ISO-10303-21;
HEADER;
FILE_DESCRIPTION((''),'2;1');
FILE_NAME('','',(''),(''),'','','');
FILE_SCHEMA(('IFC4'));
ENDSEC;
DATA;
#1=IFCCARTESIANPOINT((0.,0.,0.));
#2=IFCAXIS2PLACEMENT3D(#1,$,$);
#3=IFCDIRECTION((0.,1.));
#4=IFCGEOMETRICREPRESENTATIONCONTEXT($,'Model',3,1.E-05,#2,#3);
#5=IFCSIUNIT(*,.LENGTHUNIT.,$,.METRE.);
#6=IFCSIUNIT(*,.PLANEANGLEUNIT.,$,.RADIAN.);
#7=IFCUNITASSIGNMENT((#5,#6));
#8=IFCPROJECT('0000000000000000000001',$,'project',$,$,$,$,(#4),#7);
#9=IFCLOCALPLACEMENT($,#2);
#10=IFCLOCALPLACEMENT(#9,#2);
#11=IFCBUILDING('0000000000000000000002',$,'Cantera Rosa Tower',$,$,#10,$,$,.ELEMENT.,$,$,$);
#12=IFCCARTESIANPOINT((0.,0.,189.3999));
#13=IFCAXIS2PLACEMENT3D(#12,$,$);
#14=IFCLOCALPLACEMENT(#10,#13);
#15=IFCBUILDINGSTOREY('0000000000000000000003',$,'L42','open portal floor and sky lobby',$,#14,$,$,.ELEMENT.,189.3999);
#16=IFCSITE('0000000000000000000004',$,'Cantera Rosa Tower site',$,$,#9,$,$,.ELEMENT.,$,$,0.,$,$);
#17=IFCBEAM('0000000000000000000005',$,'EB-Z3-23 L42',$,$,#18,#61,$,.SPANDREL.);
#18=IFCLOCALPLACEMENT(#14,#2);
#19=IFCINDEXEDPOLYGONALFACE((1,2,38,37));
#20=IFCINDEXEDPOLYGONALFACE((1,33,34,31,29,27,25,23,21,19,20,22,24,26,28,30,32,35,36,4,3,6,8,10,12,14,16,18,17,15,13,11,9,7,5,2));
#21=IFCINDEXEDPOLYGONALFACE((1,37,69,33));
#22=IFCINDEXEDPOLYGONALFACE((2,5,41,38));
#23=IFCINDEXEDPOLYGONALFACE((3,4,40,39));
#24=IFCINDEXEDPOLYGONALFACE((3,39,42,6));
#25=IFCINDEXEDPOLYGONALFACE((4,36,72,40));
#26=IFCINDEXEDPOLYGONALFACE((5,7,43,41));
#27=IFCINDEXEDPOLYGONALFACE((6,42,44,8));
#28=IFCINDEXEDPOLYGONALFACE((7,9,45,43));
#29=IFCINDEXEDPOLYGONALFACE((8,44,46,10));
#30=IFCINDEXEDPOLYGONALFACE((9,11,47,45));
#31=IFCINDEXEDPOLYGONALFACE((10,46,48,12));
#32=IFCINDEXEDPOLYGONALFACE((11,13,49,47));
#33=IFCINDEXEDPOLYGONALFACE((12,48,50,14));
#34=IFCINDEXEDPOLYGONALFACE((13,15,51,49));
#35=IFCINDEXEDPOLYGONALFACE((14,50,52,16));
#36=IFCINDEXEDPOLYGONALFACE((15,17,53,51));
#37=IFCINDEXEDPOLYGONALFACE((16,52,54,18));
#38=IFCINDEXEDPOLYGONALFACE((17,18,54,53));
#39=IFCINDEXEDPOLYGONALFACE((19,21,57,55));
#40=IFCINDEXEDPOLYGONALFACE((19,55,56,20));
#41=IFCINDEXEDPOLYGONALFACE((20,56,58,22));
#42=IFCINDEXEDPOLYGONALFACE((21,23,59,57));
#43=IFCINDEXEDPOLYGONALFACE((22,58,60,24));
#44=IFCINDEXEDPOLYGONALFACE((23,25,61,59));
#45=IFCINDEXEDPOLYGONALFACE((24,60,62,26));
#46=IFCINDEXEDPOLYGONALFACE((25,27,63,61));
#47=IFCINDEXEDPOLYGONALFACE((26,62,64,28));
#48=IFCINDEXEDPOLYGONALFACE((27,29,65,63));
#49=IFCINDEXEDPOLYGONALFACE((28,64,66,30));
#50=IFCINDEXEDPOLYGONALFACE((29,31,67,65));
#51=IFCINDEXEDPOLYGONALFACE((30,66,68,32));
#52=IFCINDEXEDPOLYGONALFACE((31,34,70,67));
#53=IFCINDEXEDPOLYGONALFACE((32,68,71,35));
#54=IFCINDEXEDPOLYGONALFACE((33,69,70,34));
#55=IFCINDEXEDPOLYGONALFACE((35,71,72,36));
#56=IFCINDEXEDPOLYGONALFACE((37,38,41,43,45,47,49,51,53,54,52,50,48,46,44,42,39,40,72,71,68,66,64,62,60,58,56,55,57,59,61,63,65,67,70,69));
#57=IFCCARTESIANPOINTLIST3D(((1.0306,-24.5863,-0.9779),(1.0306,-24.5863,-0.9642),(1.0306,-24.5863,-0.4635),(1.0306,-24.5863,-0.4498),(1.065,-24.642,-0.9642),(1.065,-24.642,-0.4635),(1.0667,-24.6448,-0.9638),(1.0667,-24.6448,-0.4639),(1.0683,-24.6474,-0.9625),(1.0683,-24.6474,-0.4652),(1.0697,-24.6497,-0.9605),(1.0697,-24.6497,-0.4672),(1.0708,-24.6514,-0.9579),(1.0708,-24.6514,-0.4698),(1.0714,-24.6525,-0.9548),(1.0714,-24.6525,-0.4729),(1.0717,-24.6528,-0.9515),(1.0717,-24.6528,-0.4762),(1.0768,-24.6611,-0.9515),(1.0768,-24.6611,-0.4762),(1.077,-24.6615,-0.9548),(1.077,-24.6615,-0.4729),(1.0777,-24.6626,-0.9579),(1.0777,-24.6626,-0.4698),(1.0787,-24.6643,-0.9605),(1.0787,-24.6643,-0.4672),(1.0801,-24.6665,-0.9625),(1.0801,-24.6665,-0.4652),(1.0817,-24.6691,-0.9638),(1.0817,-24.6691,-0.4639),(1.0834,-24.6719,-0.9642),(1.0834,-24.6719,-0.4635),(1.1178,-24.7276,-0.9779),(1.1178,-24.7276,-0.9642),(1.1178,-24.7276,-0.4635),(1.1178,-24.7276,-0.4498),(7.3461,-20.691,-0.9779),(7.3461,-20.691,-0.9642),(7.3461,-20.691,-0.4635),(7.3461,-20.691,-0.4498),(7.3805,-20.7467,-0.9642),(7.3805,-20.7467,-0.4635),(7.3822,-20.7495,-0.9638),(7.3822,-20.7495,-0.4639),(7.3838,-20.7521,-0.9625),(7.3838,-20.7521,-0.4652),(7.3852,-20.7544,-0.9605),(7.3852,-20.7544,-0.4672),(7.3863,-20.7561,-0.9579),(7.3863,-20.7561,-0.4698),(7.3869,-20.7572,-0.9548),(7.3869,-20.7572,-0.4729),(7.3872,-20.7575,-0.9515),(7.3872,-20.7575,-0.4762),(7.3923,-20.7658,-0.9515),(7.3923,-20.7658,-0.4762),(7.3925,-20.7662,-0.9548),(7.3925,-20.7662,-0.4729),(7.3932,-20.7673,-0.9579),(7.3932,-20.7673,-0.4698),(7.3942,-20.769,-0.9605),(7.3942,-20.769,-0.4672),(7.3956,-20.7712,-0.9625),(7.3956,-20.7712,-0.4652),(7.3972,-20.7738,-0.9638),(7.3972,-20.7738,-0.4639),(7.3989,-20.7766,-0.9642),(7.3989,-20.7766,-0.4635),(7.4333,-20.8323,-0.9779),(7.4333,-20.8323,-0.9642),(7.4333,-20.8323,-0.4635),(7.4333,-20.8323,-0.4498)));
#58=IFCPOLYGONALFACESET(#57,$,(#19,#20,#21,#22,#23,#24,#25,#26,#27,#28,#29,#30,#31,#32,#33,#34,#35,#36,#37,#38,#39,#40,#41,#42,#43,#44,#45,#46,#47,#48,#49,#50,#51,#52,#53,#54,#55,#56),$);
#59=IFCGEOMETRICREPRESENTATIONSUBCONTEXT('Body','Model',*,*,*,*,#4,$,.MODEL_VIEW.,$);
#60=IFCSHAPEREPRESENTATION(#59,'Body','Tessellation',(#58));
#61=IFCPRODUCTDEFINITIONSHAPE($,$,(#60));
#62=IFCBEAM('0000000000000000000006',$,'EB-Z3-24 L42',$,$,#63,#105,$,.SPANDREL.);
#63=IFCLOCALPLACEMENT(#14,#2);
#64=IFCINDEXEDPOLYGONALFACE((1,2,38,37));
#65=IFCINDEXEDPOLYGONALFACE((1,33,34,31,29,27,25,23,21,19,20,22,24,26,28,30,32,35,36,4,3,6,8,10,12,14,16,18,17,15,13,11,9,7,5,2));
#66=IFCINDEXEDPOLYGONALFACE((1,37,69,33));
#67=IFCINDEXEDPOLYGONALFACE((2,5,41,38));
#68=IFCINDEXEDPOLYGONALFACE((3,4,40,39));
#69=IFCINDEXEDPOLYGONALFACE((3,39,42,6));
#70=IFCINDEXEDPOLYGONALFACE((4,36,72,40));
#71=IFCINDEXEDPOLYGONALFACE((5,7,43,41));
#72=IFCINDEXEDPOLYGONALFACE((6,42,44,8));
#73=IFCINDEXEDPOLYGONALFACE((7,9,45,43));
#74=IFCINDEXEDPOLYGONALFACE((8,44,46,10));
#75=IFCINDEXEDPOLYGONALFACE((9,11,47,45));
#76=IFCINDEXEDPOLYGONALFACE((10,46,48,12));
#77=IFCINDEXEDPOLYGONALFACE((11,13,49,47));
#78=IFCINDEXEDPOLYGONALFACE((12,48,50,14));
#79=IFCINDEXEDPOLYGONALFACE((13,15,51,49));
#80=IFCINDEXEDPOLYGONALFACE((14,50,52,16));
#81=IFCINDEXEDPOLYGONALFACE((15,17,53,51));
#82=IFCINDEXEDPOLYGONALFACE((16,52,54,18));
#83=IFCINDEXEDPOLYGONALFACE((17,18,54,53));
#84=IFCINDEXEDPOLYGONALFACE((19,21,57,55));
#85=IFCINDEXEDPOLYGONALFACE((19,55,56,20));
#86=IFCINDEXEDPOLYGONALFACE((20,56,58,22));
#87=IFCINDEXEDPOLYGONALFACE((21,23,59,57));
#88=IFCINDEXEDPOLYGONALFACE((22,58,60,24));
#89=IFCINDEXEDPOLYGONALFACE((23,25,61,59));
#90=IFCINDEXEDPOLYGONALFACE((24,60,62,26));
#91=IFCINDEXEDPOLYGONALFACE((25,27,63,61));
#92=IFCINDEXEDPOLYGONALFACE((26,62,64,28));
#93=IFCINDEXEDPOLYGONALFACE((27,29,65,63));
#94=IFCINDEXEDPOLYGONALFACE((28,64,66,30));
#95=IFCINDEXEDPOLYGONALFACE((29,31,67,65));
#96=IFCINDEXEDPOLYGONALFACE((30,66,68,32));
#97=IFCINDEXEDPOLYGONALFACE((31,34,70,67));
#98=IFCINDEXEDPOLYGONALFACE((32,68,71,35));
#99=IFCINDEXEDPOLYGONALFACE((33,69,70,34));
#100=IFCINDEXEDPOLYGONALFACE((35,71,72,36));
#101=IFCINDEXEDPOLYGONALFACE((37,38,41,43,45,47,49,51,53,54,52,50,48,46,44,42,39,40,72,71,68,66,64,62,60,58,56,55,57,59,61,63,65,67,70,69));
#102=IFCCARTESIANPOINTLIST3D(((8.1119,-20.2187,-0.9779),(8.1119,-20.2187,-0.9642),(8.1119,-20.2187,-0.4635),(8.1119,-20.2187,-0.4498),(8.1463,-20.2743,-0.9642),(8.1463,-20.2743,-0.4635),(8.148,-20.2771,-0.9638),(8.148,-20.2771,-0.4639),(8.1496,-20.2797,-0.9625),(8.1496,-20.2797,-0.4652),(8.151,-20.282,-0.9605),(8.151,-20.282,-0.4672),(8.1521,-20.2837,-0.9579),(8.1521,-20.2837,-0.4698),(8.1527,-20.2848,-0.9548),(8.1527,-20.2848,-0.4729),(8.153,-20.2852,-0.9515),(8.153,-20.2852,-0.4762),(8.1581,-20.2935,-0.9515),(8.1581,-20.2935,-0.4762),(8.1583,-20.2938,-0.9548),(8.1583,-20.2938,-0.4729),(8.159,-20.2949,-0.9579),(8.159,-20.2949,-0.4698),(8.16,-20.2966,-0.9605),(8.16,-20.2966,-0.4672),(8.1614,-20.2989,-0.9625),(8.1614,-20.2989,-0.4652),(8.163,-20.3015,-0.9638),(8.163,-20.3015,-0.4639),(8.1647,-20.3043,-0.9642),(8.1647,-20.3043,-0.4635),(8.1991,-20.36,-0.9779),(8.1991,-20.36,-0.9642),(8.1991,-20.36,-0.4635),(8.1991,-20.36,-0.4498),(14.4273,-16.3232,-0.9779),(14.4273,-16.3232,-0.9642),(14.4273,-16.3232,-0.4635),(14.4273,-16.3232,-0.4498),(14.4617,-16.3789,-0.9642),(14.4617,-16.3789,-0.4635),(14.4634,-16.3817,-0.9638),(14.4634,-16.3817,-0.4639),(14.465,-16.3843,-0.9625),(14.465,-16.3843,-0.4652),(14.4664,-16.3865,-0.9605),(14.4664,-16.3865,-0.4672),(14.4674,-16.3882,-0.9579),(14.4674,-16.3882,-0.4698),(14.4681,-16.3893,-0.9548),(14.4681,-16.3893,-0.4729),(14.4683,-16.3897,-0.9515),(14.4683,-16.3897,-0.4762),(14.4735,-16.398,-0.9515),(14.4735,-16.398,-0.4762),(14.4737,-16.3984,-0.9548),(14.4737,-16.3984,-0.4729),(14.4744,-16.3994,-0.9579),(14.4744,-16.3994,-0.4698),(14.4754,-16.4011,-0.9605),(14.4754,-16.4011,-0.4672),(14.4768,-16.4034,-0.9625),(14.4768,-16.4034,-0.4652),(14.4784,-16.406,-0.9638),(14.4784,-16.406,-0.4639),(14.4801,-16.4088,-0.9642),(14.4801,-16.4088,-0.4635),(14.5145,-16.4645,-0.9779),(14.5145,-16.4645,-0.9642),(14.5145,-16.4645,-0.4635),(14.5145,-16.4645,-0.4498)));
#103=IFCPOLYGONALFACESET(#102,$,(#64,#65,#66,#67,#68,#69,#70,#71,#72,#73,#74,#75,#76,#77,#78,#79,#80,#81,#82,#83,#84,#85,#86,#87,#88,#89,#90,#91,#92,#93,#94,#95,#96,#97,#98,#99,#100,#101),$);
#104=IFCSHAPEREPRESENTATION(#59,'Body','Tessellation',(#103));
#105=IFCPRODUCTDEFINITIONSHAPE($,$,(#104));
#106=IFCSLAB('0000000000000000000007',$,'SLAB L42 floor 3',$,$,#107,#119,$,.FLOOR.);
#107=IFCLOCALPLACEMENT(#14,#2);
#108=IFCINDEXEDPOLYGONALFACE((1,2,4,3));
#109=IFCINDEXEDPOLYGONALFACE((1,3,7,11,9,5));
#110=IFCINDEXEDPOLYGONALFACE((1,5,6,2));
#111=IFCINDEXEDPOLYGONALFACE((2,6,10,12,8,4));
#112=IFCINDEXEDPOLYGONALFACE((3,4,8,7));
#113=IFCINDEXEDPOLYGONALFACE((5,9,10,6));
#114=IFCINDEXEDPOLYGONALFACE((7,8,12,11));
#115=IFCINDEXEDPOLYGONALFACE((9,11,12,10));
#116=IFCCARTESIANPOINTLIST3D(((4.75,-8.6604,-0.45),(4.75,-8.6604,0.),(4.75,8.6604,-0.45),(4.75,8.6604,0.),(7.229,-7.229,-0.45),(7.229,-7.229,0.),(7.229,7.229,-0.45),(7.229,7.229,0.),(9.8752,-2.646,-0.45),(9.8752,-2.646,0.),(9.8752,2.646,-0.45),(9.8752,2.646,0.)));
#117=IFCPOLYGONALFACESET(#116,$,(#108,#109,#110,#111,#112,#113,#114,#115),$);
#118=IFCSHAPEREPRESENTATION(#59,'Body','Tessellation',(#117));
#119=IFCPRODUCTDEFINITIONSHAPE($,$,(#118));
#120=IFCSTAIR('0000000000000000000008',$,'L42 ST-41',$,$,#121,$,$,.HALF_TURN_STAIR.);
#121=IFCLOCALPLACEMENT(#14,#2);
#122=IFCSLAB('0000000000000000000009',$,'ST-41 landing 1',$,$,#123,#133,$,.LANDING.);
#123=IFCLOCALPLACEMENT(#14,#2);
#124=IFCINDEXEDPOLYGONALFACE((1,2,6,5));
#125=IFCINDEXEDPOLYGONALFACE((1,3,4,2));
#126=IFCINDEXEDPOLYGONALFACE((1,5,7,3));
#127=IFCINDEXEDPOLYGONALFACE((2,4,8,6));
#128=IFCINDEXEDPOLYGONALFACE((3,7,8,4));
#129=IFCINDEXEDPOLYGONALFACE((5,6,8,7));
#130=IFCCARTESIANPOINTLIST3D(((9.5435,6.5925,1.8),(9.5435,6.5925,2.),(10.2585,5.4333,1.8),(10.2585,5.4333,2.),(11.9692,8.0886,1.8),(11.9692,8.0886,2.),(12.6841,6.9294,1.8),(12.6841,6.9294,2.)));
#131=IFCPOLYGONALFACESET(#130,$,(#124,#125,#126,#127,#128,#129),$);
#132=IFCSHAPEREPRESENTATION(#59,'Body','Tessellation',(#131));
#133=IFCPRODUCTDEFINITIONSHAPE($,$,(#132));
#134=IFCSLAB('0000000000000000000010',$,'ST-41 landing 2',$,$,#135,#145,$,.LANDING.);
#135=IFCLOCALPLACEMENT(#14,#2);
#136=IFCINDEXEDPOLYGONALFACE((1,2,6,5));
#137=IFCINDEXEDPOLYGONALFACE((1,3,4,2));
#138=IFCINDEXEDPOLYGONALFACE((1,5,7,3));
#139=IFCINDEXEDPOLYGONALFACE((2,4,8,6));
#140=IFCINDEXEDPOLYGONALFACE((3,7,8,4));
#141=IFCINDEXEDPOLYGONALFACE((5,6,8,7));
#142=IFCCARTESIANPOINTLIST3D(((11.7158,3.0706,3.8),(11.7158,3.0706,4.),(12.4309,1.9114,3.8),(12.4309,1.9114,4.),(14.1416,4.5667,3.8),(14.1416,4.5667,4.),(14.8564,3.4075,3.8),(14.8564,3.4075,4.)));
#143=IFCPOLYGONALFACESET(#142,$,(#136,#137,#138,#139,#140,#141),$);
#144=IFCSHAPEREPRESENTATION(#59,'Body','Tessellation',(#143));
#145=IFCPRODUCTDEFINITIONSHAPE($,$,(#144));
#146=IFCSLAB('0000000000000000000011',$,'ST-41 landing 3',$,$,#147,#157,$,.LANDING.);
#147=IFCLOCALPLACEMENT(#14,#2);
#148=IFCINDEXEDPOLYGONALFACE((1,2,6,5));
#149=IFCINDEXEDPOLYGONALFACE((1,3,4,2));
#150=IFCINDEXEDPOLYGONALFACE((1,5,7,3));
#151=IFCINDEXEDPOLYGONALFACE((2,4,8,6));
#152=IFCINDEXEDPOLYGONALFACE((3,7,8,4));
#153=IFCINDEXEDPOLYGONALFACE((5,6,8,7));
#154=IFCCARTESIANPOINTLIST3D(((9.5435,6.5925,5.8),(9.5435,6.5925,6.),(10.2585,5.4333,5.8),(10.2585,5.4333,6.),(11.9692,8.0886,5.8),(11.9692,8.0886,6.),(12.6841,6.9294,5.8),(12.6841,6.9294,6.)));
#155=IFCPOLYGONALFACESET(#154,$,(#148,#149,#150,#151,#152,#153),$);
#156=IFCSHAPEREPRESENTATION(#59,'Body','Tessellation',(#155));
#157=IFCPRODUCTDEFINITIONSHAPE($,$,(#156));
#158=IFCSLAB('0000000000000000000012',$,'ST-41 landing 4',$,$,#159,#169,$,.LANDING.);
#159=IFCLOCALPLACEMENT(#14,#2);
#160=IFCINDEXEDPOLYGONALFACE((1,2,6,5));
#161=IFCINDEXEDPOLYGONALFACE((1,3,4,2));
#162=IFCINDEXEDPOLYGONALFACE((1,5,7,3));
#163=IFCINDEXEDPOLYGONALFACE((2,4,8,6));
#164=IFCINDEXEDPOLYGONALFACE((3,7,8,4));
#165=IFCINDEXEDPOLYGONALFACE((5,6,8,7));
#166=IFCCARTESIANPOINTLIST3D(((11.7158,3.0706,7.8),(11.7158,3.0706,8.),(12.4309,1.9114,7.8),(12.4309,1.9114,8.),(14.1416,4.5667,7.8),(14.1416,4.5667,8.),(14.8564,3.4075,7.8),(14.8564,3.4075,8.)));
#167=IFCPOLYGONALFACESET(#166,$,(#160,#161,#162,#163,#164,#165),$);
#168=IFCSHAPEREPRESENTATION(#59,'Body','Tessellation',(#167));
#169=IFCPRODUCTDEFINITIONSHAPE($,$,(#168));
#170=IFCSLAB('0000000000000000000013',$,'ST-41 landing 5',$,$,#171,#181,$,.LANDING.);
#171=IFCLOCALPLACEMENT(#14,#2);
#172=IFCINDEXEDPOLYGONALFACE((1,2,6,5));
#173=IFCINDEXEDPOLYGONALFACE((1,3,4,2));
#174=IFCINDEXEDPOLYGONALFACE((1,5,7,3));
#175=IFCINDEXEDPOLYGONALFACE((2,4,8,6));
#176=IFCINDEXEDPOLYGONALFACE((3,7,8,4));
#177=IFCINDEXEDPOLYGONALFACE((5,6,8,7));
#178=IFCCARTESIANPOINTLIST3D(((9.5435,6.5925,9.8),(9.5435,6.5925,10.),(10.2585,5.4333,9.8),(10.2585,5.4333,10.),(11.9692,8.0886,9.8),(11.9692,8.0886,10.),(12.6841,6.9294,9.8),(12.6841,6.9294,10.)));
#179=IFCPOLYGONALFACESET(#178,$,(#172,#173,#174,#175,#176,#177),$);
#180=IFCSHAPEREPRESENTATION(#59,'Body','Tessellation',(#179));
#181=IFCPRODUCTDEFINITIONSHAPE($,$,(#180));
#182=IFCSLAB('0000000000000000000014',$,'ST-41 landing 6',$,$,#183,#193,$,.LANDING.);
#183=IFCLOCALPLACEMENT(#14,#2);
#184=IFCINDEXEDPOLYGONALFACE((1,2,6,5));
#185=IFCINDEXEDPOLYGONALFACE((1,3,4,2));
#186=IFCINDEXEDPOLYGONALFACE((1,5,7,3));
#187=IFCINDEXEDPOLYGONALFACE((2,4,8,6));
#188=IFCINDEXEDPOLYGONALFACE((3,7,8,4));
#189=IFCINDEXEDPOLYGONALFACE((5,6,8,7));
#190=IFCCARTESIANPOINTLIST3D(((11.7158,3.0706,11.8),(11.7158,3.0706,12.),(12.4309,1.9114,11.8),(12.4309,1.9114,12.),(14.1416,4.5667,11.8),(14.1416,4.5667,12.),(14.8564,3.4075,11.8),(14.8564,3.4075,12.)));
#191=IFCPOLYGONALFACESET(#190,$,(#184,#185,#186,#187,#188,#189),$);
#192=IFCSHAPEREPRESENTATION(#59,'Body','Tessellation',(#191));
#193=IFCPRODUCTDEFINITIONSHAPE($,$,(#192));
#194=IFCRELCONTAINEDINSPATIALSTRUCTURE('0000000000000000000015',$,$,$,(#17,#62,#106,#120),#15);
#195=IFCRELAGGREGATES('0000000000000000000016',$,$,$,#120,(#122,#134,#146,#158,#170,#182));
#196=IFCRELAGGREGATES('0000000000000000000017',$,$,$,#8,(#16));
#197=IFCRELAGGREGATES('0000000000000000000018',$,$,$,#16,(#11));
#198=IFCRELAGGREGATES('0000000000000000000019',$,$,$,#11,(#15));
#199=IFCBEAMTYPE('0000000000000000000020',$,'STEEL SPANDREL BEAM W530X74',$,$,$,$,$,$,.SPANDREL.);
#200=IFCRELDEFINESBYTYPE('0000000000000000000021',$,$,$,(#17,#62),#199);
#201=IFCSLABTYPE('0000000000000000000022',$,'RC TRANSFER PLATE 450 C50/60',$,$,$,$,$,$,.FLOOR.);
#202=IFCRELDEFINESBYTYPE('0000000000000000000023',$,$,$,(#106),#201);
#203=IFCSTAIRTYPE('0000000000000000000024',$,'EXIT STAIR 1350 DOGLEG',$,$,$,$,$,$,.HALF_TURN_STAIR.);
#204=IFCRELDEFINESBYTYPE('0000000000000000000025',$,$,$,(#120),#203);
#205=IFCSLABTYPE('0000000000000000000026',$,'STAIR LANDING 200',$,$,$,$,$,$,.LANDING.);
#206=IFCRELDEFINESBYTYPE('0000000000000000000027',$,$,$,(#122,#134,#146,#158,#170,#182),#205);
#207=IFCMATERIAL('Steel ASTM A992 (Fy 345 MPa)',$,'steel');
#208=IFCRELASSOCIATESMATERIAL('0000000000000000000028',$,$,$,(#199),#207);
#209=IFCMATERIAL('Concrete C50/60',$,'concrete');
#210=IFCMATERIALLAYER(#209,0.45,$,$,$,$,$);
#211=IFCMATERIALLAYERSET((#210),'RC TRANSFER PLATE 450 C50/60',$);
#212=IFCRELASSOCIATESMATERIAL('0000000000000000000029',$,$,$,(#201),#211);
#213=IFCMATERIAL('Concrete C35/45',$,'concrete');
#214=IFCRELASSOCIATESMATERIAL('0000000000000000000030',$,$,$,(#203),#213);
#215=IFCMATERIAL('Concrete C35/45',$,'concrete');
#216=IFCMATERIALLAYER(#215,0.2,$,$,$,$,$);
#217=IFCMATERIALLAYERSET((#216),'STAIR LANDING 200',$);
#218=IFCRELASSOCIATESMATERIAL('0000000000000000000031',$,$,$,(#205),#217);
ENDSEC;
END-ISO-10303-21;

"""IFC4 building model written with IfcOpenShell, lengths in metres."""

from ifc_helpers import new_model, si_unit, direction, frame, origin, origin_2d, place, context, subcontext, project, spatial, polyline, i_section, outline, extrude, material, layer, layer_set, material_profile, profile_set, type_object, element, aggregate, save


model = new_model("IFC4")

# Units and contexts
model_context = context("Model", 3, precision=1e-05, world=origin(), true_north=direction((0.0, 1.0)))
body_context = subcontext(model_context, "Body", "Model", "MODEL_VIEW")
ifc_project = project(units=[si_unit("LENGTHUNIT", "METRE"), si_unit("PLANEANGLEUNIT", "RADIAN")], contexts=[model_context])

# Site, building, storey
site_placement = place(None, origin())
site = spatial("IfcSite", under=ifc_project, at=site_placement, Name="Cantera Rosa Tower site", CompositionType="ELEMENT", RefElevation=0.0)
building_placement = place(site_placement, origin())
building = spatial("IfcBuilding", under=site, at=building_placement, Name="Cantera Rosa Tower", CompositionType="ELEMENT")
storey_placement = place(building_placement, frame((0.0, 0.0, 189.3999)))
storey = spatial("IfcBuildingStorey", under=building, at=storey_placement, Name="L42", Description="open portal floor and sky lobby", CompositionType="ELEMENT", Elevation=189.3999)

# Beams
ifc_material_1 = material(Name="Steel ASTM A992 (Fy 345 MPa)", Category="steel")
ifc_material_profile_1 = material_profile(ifc_material_1, i_section(OverallWidth=0.166, OverallDepth=0.5281, WebThickness=0.0098, FlangeThickness=0.0137, FilletRadius=0.0127, at=origin_2d()), Name="W530X74")
ifc_profile_set_1 = profile_set([ifc_material_profile_1], Name="Steel ASTM A992 (Fy 345 MPa)")
beam_type_1 = type_object("IfcBeamType", Name="STEEL SPANDREL BEAM W530X74", PredefinedType="SPANDREL", material=ifc_profile_set_1)
for number, where, z_axis, x_axis, name in (
    (1, (1.0742, -24.657, -0.7139), (0.851126, 0.524962, 0.0), (-0.524962, 0.851126, 0.0), "EB-Z3-23 L42"),
    (2, (8.1555, -20.2893, -0.7139), (0.851111, 0.524986, 0.0), (-0.524986, 0.851111, 0.0), "EB-Z3-24 L42"),
):
    element("IfcBeam", number, at=place(storey_placement, frame(where, z_axis=z_axis, x_axis=x_axis)), inside=storey, type_object=beam_type_1, Name=name, PredefinedType="SPANDREL", context=body_context, shape_type="SweptSolid", body=[
        extrude(i_section(OverallWidth=0.166, OverallDepth=0.5281, WebThickness=0.0098, FlangeThickness=0.0137, FilletRadius=0.0127, at=origin_2d()), origin(), (0.0, 0.0, 1.0), 7.4202),
    ])

# Slab
ifc_material_2 = material(Name="Concrete C50/60", Category="concrete")
ifc_layer_1 = layer(ifc_material_2, 0.45)
ifc_layer_set_1 = layer_set([ifc_layer_1], Name="RC TRANSFER PLATE 450 C50/60")
slab_type_1 = type_object("IfcSlabType", Name="RC TRANSFER PLATE 450 C50/60", PredefinedType="FLOOR", material=ifc_layer_set_1)
slab_1_placement = place(storey_placement, frame((0.0, 0.0, -0.45)))
element("IfcSlab", 3, at=slab_1_placement, inside=storey, type_object=slab_type_1, Name="SLAB L42 floor 3", PredefinedType="FLOOR", context=body_context, shape_type="SweptSolid", body=[
    extrude(outline(polyline([(4.75, 8.6604), (7.229, 7.229), (9.8752, 2.646), (9.8752, -2.646), (7.229, -7.229), (4.75, -8.6604), (4.75, 8.6604)])), origin(), (0.0, 0.0, 1.0), 0.45),
])

# Stair, slabs
ifc_material_3 = material(Name="Concrete C35/45", Category="concrete")
stair_type = type_object("IfcStairType", Name="EXIT STAIR 1350 DOGLEG", PredefinedType="HALF_TURN_STAIR", material=ifc_material_3)
stair_1_placement = place(storey_placement, origin())
stair_1 = element("IfcStair", 4, at=stair_1_placement, inside=storey, type_object=stair_type, Name="L42 ST-41", PredefinedType="HALF_TURN_STAIR")
ifc_material_4 = material(Name="Concrete C35/45", Category="concrete")
ifc_layer_2 = layer(ifc_material_4, 0.2)
ifc_layer_set_2 = layer_set([ifc_layer_2], Name="STAIR LANDING 200")
slab_type_2 = type_object("IfcSlabType", Name="STAIR LANDING 200", PredefinedType="LANDING", material=ifc_layer_set_2)
slab_2_placement = place(storey_placement, frame((0.0, 0.0, 1.8)))
slab_2 = element("IfcSlab", 5, at=slab_2_placement, type_object=slab_type_2, Name="ST-41 landing 1", PredefinedType="LANDING", context=body_context, shape_type="SweptSolid", body=[
    extrude(outline(polyline([(12.6841, 6.9294), (11.9692, 8.0886), (9.5435, 6.5925), (10.2585, 5.4333), (12.6841, 6.9294)])), origin(), (0.0, 0.0, 1.0), 0.2),
])
slab_3_placement = place(storey_placement, frame((0.0, 0.0, 3.8)))
slab_3 = element("IfcSlab", 6, at=slab_3_placement, type_object=slab_type_2, Name="ST-41 landing 2", PredefinedType="LANDING", context=body_context, shape_type="SweptSolid", body=[
    extrude(outline(polyline([(14.8564, 3.4075), (14.1416, 4.5667), (11.7158, 3.0706), (12.4309, 1.9114), (14.8564, 3.4075)])), origin(), (0.0, 0.0, 1.0), 0.2),
])
slab_4_placement = place(storey_placement, frame((0.0, 0.0, 5.8)))
slab_4 = element("IfcSlab", 7, at=slab_4_placement, type_object=slab_type_2, Name="ST-41 landing 3", PredefinedType="LANDING", context=body_context, shape_type="SweptSolid", body=[
    extrude(outline(polyline([(12.6841, 6.9294), (11.9692, 8.0886), (9.5435, 6.5925), (10.2585, 5.4333), (12.6841, 6.9294)])), origin(), (0.0, 0.0, 1.0), 0.2),
])
slab_5_placement = place(storey_placement, frame((0.0, 0.0, 7.8)))
slab_5 = element("IfcSlab", 8, at=slab_5_placement, type_object=slab_type_2, Name="ST-41 landing 4", PredefinedType="LANDING", context=body_context, shape_type="SweptSolid", body=[
    extrude(outline(polyline([(14.8564, 3.4075), (14.1416, 4.5667), (11.7158, 3.0706), (12.4309, 1.9114), (14.8564, 3.4075)])), origin(), (0.0, 0.0, 1.0), 0.2),
])
slab_6_placement = place(storey_placement, frame((0.0, 0.0, 9.8)))
slab_6 = element("IfcSlab", 9, at=slab_6_placement, type_object=slab_type_2, Name="ST-41 landing 5", PredefinedType="LANDING", context=body_context, shape_type="SweptSolid", body=[
    extrude(outline(polyline([(12.6841, 6.9294), (11.9692, 8.0886), (9.5435, 6.5925), (10.2585, 5.4333), (12.6841, 6.9294)])), origin(), (0.0, 0.0, 1.0), 0.2),
])
slab_7_placement = place(storey_placement, frame((0.0, 0.0, 11.8)))
slab_7 = element("IfcSlab", 10, at=slab_7_placement, type_object=slab_type_2, Name="ST-41 landing 6", PredefinedType="LANDING", context=body_context, shape_type="SweptSolid", body=[
    extrude(outline(polyline([(14.8564, 3.4075), (14.1416, 4.5667), (11.7158, 3.0706), (12.4309, 1.9114), (14.8564, 3.4075)])), origin(), (0.0, 0.0, 1.0), 0.2),
])
aggregate(stair_1, [slab_2, slab_3, slab_4, slab_5, slab_6, slab_7])

save(model, "model.ifc")
